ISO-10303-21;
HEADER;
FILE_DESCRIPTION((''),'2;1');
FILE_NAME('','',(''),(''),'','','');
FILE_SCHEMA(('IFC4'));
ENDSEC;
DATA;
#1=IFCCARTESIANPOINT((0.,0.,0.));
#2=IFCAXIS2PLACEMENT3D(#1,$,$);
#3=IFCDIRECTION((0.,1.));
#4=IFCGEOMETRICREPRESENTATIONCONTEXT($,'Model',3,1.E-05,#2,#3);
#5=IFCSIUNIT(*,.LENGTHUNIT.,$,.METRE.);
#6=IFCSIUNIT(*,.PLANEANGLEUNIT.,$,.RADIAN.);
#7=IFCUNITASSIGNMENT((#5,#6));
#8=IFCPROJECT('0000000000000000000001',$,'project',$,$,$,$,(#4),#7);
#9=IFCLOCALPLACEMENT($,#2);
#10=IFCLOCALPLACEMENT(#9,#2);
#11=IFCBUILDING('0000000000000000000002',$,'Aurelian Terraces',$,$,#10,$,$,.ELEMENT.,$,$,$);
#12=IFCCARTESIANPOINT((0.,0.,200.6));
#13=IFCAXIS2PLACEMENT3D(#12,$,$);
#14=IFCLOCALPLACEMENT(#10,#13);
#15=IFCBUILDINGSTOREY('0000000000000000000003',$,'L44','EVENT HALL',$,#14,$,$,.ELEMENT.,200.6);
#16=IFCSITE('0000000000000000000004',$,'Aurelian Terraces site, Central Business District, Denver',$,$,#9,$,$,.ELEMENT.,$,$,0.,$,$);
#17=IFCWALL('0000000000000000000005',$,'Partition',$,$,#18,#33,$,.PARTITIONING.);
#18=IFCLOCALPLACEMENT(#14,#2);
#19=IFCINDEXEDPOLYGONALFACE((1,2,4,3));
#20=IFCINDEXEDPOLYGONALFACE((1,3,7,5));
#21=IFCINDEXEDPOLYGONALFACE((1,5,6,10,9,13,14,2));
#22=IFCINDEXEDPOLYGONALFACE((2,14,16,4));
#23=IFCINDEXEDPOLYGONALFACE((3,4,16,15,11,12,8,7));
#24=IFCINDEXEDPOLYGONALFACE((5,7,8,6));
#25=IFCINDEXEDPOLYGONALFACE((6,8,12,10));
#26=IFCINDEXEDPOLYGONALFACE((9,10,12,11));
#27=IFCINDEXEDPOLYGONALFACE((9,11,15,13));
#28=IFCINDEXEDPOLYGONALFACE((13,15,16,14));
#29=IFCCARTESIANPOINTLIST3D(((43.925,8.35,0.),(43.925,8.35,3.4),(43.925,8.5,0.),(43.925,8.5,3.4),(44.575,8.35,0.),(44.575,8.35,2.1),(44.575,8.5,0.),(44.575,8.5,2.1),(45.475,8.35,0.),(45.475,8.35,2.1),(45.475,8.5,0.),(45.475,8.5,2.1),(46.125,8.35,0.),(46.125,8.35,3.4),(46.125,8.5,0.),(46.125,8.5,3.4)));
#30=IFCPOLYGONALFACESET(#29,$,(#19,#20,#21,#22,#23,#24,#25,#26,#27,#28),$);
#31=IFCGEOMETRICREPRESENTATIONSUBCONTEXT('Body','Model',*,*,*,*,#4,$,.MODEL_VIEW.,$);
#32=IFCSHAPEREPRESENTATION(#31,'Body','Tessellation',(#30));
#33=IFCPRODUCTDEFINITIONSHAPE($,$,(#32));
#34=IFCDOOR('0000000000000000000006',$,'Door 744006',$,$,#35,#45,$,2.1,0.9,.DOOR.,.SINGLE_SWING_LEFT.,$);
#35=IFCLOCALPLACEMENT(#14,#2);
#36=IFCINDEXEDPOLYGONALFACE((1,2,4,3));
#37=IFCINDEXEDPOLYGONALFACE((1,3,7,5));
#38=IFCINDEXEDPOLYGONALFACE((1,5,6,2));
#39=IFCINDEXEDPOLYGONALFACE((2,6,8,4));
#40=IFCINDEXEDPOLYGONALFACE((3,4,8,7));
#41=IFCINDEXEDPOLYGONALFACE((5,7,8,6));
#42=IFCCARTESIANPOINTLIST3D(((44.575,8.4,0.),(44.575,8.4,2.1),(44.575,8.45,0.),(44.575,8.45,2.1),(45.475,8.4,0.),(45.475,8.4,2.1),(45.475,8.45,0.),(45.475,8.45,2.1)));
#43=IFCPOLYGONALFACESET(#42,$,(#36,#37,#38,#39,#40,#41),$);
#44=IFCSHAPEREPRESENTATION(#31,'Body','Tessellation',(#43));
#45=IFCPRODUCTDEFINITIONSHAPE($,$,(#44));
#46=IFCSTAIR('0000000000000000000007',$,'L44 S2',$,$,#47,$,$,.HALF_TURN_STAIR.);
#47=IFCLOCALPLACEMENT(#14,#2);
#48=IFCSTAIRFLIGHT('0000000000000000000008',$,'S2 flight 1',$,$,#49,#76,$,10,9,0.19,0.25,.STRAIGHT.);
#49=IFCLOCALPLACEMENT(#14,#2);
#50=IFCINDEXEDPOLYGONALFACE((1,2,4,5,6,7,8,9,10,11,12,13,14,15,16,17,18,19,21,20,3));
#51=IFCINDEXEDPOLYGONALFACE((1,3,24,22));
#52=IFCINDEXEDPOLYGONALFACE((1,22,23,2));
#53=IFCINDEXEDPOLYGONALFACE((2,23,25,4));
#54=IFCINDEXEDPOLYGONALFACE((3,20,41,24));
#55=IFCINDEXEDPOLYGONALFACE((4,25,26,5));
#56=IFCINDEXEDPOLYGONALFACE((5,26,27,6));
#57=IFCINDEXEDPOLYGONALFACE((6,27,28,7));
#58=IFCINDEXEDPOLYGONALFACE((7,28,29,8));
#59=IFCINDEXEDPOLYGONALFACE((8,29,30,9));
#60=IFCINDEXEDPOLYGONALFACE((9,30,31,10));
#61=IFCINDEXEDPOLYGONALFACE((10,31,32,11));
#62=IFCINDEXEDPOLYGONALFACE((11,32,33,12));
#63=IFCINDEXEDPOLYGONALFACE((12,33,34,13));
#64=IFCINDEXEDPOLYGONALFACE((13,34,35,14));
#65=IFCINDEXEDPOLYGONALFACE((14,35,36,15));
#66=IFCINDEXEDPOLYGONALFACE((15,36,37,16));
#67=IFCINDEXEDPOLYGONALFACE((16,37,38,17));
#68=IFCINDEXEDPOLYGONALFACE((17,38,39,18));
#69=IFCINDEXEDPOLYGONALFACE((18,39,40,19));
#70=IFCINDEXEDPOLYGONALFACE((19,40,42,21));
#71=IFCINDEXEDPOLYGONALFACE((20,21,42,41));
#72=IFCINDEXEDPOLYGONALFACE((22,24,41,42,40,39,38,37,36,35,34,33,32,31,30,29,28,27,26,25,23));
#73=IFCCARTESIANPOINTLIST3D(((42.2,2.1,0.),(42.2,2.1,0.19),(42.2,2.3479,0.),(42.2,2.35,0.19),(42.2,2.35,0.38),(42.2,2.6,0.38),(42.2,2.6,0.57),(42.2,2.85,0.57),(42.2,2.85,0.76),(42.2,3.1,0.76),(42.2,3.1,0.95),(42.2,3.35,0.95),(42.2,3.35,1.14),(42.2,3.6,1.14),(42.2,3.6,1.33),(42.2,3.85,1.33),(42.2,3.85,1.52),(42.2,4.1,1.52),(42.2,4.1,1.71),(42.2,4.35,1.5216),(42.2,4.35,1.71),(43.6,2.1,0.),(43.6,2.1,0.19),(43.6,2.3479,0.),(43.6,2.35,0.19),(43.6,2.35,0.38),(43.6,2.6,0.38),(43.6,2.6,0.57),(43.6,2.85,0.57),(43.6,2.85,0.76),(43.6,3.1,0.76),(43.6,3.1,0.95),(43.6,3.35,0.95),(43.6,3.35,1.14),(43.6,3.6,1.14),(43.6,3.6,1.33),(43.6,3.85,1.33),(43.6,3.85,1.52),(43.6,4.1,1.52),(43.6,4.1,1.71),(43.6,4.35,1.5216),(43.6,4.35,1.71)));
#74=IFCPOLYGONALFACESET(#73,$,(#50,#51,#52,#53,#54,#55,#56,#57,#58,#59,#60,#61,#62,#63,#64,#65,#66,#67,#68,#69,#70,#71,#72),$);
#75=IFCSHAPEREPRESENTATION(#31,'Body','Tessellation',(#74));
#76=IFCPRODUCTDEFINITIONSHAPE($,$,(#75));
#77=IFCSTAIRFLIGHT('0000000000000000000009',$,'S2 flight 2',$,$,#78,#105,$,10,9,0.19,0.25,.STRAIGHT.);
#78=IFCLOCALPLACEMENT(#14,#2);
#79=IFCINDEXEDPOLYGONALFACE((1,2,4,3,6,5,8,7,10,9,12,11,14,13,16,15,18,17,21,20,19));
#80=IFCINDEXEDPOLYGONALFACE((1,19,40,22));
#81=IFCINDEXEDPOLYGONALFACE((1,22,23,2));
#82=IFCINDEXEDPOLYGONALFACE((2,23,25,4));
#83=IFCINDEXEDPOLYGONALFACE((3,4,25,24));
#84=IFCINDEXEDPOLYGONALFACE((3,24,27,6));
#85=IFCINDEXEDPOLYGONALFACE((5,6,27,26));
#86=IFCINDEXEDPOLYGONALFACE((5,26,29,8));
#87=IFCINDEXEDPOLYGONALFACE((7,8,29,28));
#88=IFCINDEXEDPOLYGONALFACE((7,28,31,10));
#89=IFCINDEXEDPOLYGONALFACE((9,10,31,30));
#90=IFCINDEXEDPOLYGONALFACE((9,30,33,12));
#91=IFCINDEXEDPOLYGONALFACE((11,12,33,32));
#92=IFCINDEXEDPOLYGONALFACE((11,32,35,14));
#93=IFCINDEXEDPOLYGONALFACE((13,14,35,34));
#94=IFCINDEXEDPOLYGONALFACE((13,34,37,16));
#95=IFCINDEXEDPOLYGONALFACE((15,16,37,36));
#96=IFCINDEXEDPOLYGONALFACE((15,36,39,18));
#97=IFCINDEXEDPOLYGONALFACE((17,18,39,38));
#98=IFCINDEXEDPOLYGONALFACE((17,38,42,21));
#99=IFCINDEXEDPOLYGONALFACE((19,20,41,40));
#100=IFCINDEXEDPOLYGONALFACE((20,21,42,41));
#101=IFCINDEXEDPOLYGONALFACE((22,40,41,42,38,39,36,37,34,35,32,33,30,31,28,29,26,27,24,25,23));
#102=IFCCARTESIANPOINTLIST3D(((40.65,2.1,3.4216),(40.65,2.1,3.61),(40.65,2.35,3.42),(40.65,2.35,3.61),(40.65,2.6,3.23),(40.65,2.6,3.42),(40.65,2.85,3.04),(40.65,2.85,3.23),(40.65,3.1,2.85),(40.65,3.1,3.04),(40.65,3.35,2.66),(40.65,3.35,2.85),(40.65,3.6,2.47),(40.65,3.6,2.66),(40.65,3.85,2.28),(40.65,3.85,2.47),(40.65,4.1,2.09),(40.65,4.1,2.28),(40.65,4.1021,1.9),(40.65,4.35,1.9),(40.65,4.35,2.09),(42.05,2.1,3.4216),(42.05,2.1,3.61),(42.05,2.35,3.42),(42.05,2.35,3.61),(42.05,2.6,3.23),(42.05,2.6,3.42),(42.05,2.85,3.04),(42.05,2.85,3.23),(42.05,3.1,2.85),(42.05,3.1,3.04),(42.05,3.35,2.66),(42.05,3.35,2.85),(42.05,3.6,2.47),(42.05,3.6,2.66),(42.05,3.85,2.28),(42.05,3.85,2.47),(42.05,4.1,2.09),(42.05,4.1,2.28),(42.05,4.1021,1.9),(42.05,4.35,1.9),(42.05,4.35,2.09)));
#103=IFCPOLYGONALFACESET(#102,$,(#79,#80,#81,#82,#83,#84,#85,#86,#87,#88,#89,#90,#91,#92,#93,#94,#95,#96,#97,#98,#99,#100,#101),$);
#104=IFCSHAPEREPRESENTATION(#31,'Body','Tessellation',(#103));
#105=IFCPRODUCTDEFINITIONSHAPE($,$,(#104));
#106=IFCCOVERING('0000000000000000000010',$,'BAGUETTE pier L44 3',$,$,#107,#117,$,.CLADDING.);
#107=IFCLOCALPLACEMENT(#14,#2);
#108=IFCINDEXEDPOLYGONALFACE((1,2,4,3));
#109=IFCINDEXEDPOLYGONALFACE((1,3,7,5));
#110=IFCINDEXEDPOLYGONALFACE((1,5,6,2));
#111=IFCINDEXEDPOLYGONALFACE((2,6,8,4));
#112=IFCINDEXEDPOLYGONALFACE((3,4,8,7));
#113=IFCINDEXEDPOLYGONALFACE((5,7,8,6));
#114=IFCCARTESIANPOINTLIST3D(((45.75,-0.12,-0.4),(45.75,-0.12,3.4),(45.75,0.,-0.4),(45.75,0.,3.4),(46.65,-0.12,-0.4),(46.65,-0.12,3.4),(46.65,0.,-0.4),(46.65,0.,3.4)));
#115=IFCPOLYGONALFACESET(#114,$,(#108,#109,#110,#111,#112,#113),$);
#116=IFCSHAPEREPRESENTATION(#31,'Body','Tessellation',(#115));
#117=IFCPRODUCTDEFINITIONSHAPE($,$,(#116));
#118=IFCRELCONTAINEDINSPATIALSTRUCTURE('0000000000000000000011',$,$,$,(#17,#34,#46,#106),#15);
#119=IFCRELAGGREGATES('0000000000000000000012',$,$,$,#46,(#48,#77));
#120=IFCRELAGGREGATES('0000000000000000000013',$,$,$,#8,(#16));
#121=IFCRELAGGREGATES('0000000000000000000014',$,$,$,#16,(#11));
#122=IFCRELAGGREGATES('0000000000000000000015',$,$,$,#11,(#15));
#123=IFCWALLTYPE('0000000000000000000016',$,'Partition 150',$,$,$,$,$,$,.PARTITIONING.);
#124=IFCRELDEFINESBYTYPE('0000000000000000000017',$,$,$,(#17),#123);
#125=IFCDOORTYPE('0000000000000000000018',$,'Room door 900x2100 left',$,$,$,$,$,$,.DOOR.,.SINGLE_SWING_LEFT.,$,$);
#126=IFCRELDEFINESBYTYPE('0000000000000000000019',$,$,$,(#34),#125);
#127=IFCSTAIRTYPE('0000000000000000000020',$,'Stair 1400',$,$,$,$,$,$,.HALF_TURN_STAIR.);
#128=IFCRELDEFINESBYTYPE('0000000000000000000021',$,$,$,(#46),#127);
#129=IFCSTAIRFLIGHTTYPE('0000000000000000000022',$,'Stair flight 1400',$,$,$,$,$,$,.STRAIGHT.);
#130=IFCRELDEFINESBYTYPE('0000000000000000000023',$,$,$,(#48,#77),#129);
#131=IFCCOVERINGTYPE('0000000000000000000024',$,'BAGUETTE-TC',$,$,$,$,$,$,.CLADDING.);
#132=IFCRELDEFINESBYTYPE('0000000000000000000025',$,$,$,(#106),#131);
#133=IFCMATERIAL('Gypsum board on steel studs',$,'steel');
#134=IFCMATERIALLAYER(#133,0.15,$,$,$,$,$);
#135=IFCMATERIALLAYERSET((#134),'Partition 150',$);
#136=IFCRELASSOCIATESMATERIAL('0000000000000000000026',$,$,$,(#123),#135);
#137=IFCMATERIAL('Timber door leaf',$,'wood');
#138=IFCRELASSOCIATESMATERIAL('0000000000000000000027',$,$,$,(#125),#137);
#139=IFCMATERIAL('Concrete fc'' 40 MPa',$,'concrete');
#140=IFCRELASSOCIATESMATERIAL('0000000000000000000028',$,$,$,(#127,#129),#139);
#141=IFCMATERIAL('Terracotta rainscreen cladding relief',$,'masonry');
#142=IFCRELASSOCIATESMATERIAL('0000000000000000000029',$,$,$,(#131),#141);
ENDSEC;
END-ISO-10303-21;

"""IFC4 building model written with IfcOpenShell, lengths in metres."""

from ifc_helpers import new_model, si_unit, direction, frame, frame_2d, origin, origin_2d, place, context, subcontext, project, spatial, polyline, rectangle, outline, extrude, source, transform, mapped, material, layer, layer_set, type_object, element, fill, aggregate, save


model = new_model("IFC4")

# Units and contexts
model_context = context("Model", 3, precision=1e-05, world=origin(), true_north=direction((0.0, 1.0)))
body_context = subcontext(model_context, "Body", "Model", "MODEL_VIEW")
ifc_project = project(units=[si_unit("LENGTHUNIT", "METRE"), si_unit("PLANEANGLEUNIT", "RADIAN")], contexts=[model_context])

# Site, building, storey
site_placement = place(None, origin())
site = spatial("IfcSite", under=ifc_project, at=site_placement, Name="Aurelian Terraces site, Central Business District, Denver", CompositionType="ELEMENT", RefElevation=0.0)
building_placement = place(site_placement, origin())
building = spatial("IfcBuilding", under=site, at=building_placement, Name="Aurelian Terraces", CompositionType="ELEMENT")
storey_placement = place(building_placement, frame((0.0, 0.0, 200.6)))
storey = spatial("IfcBuildingStorey", under=building, at=storey_placement, Name="L44", Description="EVENT HALL", CompositionType="ELEMENT", Elevation=200.6)

# Shared definitions
ifc_material_1 = material(Name="Concrete fc' 40 MPa", Category="concrete")

# Shared definitions
ifc_material_2 = material(Name="Gypsum board on steel studs", Category="steel")

# Wall, opening, door
ifc_layer_1 = layer(ifc_material_2, 0.15)
ifc_layer_set_1 = layer_set([ifc_layer_1], Name="Partition 150")
wall_type_1 = type_object("IfcWallType", Name="Partition 150", PredefinedType="PARTITIONING", material=ifc_layer_set_1)
shared_shape_1 = source(origin(), body_context, "Body", "SweptSolid", [
    extrude(rectangle(XDim=2.2, YDim=0.15, at=frame_2d((1.1, 0.0))), origin(), (0.0, 0.0, 1.0), 3.4),
])
wall_1_placement = place(storey_placement, frame((46.125, 8.425, 0.0), z_axis=(0.0, 0.0, 1.0), x_axis=(-1.0, 0.0, 0.0)))
wall_1 = element("IfcWall", 1, at=wall_1_placement, inside=storey, type_object=wall_type_1, Name="Partition", PredefinedType="PARTITIONING", context=body_context, shape_type="MappedRepresentation", body=[
    mapped(shared_shape_1, transform((0.0, 0.0, 0.0), scale=1.0)),
])
shared_shape_2 = source(origin(), body_context, "Body", "SweptSolid", [
    extrude(rectangle(XDim=0.9, YDim=2.1, at=frame_2d((0.45, 1.05))), frame((0.0, 0.085, 0.0), z_axis=(0.0, -1.0, 0.0), x_axis=(1.0, 0.0, 0.0)), (0.0, 0.0, 1.0), 0.17),
])
opening_1_placement = place(wall_1_placement, frame((0.65, 0.0, 0.0)))
opening_1 = element("IfcOpeningElement", 2, at=opening_1_placement, cuts=wall_1, PredefinedType="OPENING", context=body_context, shape_type="MappedRepresentation", body=[
    mapped(shared_shape_2, transform((0.0, 0.0, 0.0), scale=1.0)),
])
ifc_material_3 = material(Name="Timber door leaf", Category="wood")
door_type = type_object("IfcDoorType", Name="Room door 900x2100 left", OperationType="SINGLE_SWING_LEFT", PredefinedType="DOOR", material=ifc_material_3)
shared_shape_3 = source(origin(), body_context, "Body", "SweptSolid", [
    extrude(rectangle(XDim=0.9, YDim=2.1, at=frame_2d((0.45, 1.05))), frame((0.0, 0.025, 0.0), z_axis=(0.0, -1.0, 0.0), x_axis=(1.0, 0.0, 0.0)), (0.0, 0.0, 1.0), 0.05),
])
door_placement = place(opening_1_placement, origin())
door = element("IfcDoor", 3, at=door_placement, inside=storey, type_object=door_type, Name="Door 744006", OperationType="SINGLE_SWING_LEFT", OverallHeight=2.1, OverallWidth=0.9, PredefinedType="DOOR", context=body_context, shape_type="MappedRepresentation", body=[
    mapped(shared_shape_3, transform((0.0, 0.0, 0.0), scale=1.0)),
])
fill(opening_1, door)

# Stair, stair flights
stair_type = type_object("IfcStairType", Name="Stair 1400", PredefinedType="HALF_TURN_STAIR", material=ifc_material_1)
stair_placement = place(storey_placement, origin())
stair = element("IfcStair", 4, at=stair_placement, inside=storey, type_object=stair_type, Name="L44 S2", PredefinedType="HALF_TURN_STAIR")
stair_flight_type = type_object("IfcStairFlightType", Name="Stair flight 1400", PredefinedType="STRAIGHT", material=ifc_material_1)
shared_shape_4 = source(origin(), body_context, "Body", "SweptSolid", [
    extrude(outline(polyline([(0.0, 0.0), (0.0, 0.19), (0.25, 0.19), (0.25, 0.38), (0.5, 0.38), (0.5, 0.57), (0.75, 0.57), (0.75, 0.76), (1.0, 0.76), (1.0, 0.95), (1.25, 0.95), (1.25, 1.14), (1.5, 1.14), (1.5, 1.33), (1.75, 1.33), (1.75, 1.52), (2.0, 1.52), (2.0, 1.71), (2.25, 1.71), (2.25, 1.9), (2.25, 1.5216), (0.2479, 0.0), (0.0, 0.0)])), frame((0.0, 0.7, 0.0), z_axis=(0.0, -1.0, 0.0), x_axis=(1.0, 0.0, 0.0)), (0.0, 0.0, 1.0), 1.4),
])
stair_flight_1_placement = place(storey_placement, frame((42.9, 2.1, 0.0), z_axis=(0.0, 0.0, 1.0), x_axis=(0.0, 1.0, 0.0)))
stair_flight_1 = element("IfcStairFlight", 5, at=stair_flight_1_placement, type_object=stair_flight_type, Name="S2 flight 1", NumberOfRisers=10, NumberOfTreads=9, PredefinedType="STRAIGHT", RiserHeight=0.19, TreadLength=0.25, context=body_context, shape_type="MappedRepresentation", body=[
    mapped(shared_shape_4, transform((0.0, 0.0, 0.0), scale=1.0)),
])
stair_flight_2_placement = place(storey_placement, frame((41.35, 4.35, 1.9), z_axis=(0.0, 0.0, 1.0), x_axis=(0.0, -1.0, 0.0)))
stair_flight_2 = element("IfcStairFlight", 6, at=stair_flight_2_placement, type_object=stair_flight_type, Name="S2 flight 2", NumberOfRisers=10, NumberOfTreads=9, PredefinedType="STRAIGHT", RiserHeight=0.19, TreadLength=0.25, context=body_context, shape_type="MappedRepresentation", body=[
    mapped(shared_shape_4, transform((0.0, 0.0, 0.0), scale=1.0)),
])
aggregate(stair, [stair_flight_1, stair_flight_2])

# Covering
ifc_material_4 = material(Name="Terracotta rainscreen cladding relief", Category="masonry")
covering_type = type_object("IfcCoveringType", Name="BAGUETTE-TC", PredefinedType="CLADDING", material=ifc_material_4)
shared_shape_5 = source(origin(), body_context, "Body", "SweptSolid", [
    extrude(rectangle(XDim=0.9, YDim=0.12, at=origin_2d()), origin(), (0.0, 0.0, 1.0), 3.8),
])
covering_placement = place(storey_placement, frame((46.2, -0.06, -0.4), z_axis=(0.0, 0.0, 1.0), x_axis=(1.0, 0.0, 0.0)))
element("IfcCovering", 7, at=covering_placement, inside=storey, type_object=covering_type, Name="BAGUETTE pier L44 3", PredefinedType="CLADDING", context=body_context, shape_type="MappedRepresentation", body=[
    mapped(shared_shape_5, transform((0.0, 0.0, 0.0), scale=1.0)),
])

save(model, "model.ifc")
